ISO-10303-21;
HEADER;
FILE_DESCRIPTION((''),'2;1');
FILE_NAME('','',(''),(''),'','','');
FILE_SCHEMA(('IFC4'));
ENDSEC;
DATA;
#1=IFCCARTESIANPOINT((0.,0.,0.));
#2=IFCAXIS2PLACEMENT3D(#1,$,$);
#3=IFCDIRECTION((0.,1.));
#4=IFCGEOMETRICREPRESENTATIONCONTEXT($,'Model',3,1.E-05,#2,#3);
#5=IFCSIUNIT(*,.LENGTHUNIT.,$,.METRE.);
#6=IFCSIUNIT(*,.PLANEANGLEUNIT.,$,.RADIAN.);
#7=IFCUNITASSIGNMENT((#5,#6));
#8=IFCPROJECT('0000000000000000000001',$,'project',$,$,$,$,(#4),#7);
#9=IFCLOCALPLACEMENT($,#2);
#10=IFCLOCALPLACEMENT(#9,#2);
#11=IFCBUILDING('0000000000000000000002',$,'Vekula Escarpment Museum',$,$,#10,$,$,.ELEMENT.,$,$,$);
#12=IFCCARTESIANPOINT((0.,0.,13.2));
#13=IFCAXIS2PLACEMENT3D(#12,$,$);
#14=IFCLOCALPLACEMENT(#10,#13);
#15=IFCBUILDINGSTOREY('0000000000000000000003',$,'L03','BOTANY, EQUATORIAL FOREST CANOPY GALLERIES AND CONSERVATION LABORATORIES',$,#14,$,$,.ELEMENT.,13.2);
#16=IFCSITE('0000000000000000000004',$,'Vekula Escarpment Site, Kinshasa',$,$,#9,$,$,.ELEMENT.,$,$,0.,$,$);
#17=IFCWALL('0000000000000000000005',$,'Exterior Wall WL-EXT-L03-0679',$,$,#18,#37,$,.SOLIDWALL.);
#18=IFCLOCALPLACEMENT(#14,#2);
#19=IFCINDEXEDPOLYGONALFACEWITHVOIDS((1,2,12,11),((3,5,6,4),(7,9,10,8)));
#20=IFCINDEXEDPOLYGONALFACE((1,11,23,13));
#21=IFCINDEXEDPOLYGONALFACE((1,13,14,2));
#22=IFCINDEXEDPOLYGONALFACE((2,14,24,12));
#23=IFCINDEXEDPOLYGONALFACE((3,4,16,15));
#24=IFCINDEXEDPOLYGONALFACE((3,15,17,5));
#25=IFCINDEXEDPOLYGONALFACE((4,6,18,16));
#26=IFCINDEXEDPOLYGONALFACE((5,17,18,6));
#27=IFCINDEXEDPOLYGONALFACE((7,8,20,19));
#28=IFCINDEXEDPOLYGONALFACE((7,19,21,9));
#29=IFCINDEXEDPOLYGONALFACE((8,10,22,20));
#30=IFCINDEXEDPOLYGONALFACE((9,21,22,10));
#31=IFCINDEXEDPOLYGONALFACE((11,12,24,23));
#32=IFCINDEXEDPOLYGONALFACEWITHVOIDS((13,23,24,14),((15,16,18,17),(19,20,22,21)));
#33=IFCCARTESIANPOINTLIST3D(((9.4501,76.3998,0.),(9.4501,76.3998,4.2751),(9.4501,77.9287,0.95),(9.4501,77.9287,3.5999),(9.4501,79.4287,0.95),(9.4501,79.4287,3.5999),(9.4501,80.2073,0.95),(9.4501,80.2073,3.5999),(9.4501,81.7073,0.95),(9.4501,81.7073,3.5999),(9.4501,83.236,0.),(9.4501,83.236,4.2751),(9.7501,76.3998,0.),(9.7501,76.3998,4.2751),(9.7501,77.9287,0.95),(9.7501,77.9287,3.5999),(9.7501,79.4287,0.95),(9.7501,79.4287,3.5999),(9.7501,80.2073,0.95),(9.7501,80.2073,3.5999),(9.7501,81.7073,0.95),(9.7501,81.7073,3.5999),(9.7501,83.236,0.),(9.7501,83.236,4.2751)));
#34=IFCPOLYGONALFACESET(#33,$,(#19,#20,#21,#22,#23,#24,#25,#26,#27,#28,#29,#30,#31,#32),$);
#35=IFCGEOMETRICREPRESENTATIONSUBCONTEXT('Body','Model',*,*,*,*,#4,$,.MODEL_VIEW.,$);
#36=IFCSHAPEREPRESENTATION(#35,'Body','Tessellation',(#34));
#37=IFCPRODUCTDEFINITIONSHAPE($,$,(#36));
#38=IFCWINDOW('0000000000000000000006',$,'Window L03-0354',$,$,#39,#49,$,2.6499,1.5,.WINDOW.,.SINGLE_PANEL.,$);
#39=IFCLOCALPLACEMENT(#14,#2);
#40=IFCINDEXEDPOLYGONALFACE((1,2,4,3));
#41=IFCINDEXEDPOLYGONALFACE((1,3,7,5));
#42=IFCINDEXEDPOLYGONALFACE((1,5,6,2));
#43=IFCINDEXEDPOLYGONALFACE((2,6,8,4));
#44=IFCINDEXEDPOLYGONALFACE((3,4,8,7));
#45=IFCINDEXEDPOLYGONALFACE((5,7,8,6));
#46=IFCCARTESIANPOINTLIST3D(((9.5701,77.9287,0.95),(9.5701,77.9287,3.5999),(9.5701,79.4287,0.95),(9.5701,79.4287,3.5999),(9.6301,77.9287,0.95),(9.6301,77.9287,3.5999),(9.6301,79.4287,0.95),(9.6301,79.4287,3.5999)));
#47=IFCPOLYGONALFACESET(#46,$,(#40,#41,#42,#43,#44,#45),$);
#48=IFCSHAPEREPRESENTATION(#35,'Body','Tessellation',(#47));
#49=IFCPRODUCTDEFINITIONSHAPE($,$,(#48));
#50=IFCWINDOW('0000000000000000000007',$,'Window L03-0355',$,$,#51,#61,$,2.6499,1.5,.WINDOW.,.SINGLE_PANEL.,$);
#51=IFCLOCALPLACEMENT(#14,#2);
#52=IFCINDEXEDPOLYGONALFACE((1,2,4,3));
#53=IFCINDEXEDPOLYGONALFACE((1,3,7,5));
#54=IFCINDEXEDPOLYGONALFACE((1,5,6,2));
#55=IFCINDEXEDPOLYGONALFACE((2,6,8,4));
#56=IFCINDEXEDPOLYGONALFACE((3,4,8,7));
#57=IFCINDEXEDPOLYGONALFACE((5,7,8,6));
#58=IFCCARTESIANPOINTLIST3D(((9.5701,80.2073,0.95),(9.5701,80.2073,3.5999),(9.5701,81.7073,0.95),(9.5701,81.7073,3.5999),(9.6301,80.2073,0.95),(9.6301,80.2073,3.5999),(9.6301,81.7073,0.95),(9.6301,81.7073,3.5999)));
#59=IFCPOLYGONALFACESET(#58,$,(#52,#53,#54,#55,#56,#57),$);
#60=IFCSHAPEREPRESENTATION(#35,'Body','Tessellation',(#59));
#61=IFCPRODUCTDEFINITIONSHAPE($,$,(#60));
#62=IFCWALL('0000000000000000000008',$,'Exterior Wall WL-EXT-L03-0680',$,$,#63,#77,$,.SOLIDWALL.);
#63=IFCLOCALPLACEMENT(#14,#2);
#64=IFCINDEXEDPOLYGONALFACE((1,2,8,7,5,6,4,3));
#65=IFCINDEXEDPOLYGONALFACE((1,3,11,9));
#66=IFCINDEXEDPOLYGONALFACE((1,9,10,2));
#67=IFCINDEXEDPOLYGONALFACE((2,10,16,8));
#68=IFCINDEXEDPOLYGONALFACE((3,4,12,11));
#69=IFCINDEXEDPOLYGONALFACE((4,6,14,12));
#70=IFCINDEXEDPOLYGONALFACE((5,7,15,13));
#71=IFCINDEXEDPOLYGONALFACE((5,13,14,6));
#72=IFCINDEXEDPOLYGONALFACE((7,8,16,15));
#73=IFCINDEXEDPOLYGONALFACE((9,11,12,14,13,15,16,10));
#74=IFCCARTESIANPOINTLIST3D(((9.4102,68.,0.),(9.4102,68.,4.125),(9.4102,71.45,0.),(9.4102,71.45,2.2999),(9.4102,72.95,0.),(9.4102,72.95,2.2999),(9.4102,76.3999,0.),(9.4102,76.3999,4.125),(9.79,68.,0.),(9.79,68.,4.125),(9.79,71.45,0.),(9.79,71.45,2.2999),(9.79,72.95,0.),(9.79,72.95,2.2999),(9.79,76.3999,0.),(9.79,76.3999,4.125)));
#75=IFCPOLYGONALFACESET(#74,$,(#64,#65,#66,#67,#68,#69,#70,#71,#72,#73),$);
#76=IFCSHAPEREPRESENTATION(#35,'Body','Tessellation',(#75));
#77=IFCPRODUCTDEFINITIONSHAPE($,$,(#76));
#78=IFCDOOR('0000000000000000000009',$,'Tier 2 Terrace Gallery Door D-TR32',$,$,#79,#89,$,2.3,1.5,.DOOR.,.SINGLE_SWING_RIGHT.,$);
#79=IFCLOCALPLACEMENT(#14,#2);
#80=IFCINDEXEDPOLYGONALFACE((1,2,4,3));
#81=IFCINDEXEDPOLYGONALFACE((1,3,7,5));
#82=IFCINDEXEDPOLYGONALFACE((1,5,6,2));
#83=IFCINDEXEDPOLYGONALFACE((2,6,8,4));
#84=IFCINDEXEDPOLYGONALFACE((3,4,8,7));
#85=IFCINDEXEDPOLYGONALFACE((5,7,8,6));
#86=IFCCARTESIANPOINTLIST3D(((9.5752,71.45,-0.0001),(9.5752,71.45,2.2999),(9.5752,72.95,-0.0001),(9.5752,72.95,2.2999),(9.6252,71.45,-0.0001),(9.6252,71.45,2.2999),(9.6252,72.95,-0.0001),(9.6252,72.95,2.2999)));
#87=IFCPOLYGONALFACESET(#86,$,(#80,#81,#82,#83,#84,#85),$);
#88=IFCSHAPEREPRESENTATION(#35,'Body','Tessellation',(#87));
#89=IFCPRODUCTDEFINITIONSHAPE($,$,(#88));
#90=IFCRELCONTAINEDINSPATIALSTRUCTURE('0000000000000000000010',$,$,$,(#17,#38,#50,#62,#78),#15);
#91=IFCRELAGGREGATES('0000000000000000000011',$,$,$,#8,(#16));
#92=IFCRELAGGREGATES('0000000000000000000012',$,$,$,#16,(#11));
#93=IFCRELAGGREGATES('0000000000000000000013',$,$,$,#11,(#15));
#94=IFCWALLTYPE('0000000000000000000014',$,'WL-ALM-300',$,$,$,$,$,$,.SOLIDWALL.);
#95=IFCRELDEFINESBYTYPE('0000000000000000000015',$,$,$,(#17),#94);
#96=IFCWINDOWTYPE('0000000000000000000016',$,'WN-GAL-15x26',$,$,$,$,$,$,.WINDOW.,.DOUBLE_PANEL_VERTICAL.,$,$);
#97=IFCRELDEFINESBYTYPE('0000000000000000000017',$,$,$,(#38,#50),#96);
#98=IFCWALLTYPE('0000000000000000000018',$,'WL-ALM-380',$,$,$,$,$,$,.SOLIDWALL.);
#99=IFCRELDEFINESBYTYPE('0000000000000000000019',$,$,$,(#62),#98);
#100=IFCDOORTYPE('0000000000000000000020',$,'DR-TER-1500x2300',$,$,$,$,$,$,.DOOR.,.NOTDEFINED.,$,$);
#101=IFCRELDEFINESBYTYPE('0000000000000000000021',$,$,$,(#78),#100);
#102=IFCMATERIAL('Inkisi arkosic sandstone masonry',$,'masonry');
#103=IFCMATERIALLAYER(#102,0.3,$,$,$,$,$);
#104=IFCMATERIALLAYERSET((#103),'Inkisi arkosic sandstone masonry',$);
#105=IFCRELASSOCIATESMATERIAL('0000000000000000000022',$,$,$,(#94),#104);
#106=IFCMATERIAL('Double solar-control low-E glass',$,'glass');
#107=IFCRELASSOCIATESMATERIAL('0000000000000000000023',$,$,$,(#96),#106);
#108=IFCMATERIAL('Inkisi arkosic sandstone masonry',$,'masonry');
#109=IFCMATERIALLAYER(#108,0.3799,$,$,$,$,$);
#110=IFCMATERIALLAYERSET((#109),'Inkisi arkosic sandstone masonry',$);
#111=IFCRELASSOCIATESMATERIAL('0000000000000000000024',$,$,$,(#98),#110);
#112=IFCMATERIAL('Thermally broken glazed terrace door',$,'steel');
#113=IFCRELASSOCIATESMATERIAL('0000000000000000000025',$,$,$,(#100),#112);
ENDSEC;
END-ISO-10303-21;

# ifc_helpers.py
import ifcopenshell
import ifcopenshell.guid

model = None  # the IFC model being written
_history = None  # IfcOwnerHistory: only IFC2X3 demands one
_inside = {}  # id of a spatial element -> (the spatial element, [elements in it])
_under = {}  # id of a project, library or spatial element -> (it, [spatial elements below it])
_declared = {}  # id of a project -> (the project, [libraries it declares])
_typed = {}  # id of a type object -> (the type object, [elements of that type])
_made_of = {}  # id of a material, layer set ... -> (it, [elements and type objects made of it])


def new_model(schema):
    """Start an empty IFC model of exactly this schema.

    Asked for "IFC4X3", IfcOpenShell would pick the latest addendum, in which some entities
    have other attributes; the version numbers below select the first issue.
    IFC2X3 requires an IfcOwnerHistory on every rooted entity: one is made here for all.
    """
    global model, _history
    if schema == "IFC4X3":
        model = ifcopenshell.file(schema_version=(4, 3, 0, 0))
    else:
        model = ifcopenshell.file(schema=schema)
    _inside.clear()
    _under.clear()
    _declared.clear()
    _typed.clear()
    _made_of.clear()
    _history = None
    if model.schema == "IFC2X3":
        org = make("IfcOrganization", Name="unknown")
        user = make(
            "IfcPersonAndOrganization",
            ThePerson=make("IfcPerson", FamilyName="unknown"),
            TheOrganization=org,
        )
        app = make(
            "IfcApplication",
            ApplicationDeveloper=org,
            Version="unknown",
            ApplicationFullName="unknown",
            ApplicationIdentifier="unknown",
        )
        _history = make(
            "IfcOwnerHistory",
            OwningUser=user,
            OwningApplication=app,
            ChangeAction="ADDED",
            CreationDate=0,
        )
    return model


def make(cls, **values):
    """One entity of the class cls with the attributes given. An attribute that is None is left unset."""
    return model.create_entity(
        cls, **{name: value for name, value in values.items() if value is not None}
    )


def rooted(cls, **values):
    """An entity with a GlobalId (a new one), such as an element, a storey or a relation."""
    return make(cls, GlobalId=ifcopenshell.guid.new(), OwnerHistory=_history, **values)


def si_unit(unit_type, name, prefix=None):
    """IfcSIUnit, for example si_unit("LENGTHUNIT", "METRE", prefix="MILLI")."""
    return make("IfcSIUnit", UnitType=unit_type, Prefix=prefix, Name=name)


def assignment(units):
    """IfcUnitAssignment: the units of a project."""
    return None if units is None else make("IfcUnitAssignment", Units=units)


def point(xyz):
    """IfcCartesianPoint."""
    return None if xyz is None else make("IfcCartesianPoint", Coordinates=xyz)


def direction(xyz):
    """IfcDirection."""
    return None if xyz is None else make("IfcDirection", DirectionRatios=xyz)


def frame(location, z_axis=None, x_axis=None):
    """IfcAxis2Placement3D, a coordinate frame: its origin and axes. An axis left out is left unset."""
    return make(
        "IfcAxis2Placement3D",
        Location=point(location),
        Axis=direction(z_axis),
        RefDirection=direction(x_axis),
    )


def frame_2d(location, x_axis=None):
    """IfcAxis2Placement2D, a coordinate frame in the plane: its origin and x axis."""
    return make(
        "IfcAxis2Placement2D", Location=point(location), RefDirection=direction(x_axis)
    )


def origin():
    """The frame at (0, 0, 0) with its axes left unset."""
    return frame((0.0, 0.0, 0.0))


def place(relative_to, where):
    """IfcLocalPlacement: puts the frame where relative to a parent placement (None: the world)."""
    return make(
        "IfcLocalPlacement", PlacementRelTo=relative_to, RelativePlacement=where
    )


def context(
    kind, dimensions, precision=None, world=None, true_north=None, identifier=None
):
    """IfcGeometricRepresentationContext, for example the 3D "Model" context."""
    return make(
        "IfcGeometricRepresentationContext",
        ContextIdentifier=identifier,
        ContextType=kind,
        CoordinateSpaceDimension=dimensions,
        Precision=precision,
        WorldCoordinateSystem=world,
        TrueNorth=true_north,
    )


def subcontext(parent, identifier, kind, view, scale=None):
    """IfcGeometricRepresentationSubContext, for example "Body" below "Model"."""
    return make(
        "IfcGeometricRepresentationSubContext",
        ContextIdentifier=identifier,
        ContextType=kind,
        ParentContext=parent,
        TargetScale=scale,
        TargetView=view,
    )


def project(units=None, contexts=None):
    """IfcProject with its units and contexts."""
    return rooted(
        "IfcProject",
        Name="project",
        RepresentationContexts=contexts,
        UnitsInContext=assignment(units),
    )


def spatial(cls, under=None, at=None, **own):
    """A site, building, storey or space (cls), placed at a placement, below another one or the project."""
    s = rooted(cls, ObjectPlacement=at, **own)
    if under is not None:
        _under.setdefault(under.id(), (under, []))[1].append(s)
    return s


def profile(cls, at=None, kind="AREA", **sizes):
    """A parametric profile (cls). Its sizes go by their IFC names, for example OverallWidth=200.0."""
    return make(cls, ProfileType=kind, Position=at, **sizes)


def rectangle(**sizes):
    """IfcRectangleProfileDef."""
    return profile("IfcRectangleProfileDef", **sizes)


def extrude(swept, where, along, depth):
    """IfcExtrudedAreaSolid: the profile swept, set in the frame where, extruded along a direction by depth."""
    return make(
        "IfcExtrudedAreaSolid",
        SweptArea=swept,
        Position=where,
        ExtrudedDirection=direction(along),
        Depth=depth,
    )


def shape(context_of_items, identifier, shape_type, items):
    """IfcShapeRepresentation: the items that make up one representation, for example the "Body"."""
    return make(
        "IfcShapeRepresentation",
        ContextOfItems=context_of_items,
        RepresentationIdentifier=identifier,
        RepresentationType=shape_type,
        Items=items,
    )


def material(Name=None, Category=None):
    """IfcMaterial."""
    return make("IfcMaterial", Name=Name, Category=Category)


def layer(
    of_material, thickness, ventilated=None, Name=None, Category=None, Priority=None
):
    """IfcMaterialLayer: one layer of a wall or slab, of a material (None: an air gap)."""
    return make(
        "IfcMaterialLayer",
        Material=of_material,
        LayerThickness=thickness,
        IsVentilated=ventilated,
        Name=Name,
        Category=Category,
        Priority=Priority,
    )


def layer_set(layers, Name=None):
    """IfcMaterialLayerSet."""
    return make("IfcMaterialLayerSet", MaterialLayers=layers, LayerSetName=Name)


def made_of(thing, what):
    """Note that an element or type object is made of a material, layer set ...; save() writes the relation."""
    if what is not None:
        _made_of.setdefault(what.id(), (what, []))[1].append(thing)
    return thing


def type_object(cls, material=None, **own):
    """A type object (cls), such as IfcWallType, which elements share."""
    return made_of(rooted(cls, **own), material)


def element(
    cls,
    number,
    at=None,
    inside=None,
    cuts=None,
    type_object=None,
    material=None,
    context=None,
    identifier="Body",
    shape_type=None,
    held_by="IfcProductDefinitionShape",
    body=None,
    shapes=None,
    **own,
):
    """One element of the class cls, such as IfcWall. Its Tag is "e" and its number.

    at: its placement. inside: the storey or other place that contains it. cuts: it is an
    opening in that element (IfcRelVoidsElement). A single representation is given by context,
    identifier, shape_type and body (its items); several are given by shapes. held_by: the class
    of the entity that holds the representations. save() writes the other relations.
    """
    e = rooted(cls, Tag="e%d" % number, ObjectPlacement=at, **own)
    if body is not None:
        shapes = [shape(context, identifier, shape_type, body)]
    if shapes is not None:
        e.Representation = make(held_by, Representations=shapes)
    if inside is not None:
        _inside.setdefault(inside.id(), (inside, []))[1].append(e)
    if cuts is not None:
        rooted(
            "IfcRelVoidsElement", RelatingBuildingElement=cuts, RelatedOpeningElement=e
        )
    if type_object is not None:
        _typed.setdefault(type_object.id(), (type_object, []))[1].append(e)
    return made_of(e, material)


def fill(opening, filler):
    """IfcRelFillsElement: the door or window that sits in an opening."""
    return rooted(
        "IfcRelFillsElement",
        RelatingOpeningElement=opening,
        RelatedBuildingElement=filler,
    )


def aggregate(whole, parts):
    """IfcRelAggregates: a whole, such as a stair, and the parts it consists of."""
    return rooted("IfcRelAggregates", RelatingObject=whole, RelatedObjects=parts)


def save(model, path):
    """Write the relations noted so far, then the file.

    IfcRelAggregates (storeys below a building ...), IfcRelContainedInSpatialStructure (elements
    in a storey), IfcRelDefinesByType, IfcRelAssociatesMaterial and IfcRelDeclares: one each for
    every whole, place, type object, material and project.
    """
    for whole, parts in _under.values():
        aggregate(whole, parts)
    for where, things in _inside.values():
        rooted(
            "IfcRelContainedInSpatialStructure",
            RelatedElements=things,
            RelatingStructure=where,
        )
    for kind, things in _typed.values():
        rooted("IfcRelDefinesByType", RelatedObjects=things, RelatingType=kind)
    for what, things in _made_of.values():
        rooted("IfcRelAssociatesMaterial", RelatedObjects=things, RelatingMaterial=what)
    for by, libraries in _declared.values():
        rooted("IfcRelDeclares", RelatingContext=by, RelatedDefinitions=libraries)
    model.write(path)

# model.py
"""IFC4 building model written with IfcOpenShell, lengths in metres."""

from ifc_helpers import new_model, si_unit, direction, frame, frame_2d, origin, place, context, subcontext, project, spatial, rectangle, extrude, material, layer, layer_set, type_object, element, fill, save


model = new_model("IFC4")

# Units and contexts
model_context = context("Model", 3, precision=1e-05, world=origin(), true_north=direction((0.0, 1.0)))
body_context = subcontext(model_context, "Body", "Model", "MODEL_VIEW")
ifc_project = project(units=[si_unit("LENGTHUNIT", "METRE"), si_unit("PLANEANGLEUNIT", "RADIAN")], contexts=[model_context])

# Site, building, storey
site_placement = place(None, origin())
site = spatial("IfcSite", under=ifc_project, at=site_placement, Name="Vekula Escarpment Site, Kinshasa", CompositionType="ELEMENT", RefElevation=0.0)
building_placement = place(site_placement, origin())
building = spatial("IfcBuilding", under=site, at=building_placement, Name="Vekula Escarpment Museum", CompositionType="ELEMENT")
storey_placement = place(building_placement, frame((0.0, 0.0, 13.2)))
storey = spatial("IfcBuildingStorey", under=building, at=storey_placement, Name="L03", Description="BOTANY, EQUATORIAL FOREST CANOPY GALLERIES AND CONSERVATION LABORATORIES", CompositionType="ELEMENT", Elevation=13.2)

# Wall, openings, windows
ifc_material_1 = material(Name="Inkisi arkosic sandstone masonry", Category="masonry")
ifc_layer_1 = layer(ifc_material_1, 0.3)
ifc_layer_set_1 = layer_set([ifc_layer_1], Name="Inkisi arkosic sandstone masonry")
wall_type_1 = type_object("IfcWallType", Name="WL-ALM-300", PredefinedType="SOLIDWALL", material=ifc_layer_set_1)
wall_1_placement = place(storey_placement, frame((9.6001, 76.3999, 0.0), z_axis=(0.0, 0.0, 1.0), x_axis=(0.0, 1.0, 0.0)))
wall_1 = element("IfcWall", 1, at=wall_1_placement, inside=storey, type_object=wall_type_1, Name="Exterior Wall WL-EXT-L03-0679", PredefinedType="SOLIDWALL", context=body_context, shape_type="SweptSolid", body=[
    extrude(rectangle(XDim=6.8362, YDim=0.3, at=frame_2d((3.418, 0.0))), origin(), (0.0, 0.0, 1.0), 4.2751),
])
opening_1_placement = place(wall_1_placement, frame((1.5288, 0.0, 0.95)))
opening_1 = element("IfcOpeningElement", 2, at=opening_1_placement, cuts=wall_1, PredefinedType="OPENING", context=body_context, shape_type="SweptSolid", body=[
    extrude(rectangle(XDim=1.5, YDim=2.6499, at=frame_2d((0.75, 1.325))), frame((0.0, 0.1599, 0.0), z_axis=(0.0, -1.0, 0.0), x_axis=(1.0, 0.0, 0.0)), (0.0, 0.0, 1.0), 0.3201),
])
opening_2_placement = place(wall_1_placement, frame((3.8074, 0.0, 0.95)))
opening_2 = element("IfcOpeningElement", 3, at=opening_2_placement, cuts=wall_1, PredefinedType="OPENING", context=body_context, shape_type="SweptSolid", body=[
    extrude(rectangle(XDim=1.5, YDim=2.6499, at=frame_2d((0.75, 1.325))), frame((0.0, 0.1599, 0.0), z_axis=(0.0, -1.0, 0.0), x_axis=(1.0, 0.0, 0.0)), (0.0, 0.0, 1.0), 0.3201),
])
ifc_material_2 = material(Name="Double solar-control low-E glass", Category="glass")
window_type = type_object("IfcWindowType", Name="WN-GAL-15x26", PartitioningType="DOUBLE_PANEL_VERTICAL", PredefinedType="WINDOW", material=ifc_material_2)
window_1_placement = place(opening_1_placement, origin())
window_1 = element("IfcWindow", 4, at=window_1_placement, inside=storey, type_object=window_type, Name="Window L03-0354", OverallHeight=2.6499, OverallWidth=1.5, PartitioningType="SINGLE_PANEL", PredefinedType="WINDOW", context=body_context, shape_type="SweptSolid", body=[
    extrude(rectangle(XDim=1.5, YDim=2.6499, at=frame_2d((0.75, 1.325))), frame((0.0, 0.03, 0.0), z_axis=(0.0, -1.0, 0.0), x_axis=(1.0, 0.0, 0.0)), (0.0, 0.0, 1.0), 0.0601),
])
fill(opening_1, window_1)
window_2_placement = place(opening_2_placement, origin())
window_2 = element("IfcWindow", 5, at=window_2_placement, inside=storey, type_object=window_type, Name="Window L03-0355", OverallHeight=2.6499, OverallWidth=1.5, PartitioningType="SINGLE_PANEL", PredefinedType="WINDOW", context=body_context, shape_type="SweptSolid", body=[
    extrude(rectangle(XDim=1.5, YDim=2.6499, at=frame_2d((0.75, 1.325))), frame((0.0, 0.03, 0.0), z_axis=(0.0, -1.0, 0.0), x_axis=(1.0, 0.0, 0.0)), (0.0, 0.0, 1.0), 0.0601),
])
fill(opening_2, window_2)

# Wall, opening, door
ifc_material_3 = material(Name="Inkisi arkosic sandstone masonry", Category="masonry")
ifc_layer_2 = layer(ifc_material_3, 0.3799)
ifc_layer_set_2 = layer_set([ifc_layer_2], Name="Inkisi arkosic sandstone masonry")
wall_type_2 = type_object("IfcWallType", Name="WL-ALM-380", PredefinedType="SOLIDWALL", material=ifc_layer_set_2)
wall_2_placement = place(storey_placement, frame((9.6001, 68.0, 0.0), z_axis=(0.0, 0.0, 1.0), x_axis=(0.0, 1.0, 0.0)))
wall_2 = element("IfcWall", 6, at=wall_2_placement, inside=storey, type_object=wall_type_2, Name="Exterior Wall WL-EXT-L03-0680", PredefinedType="SOLIDWALL", context=body_context, shape_type="SweptSolid", body=[
    extrude(rectangle(XDim=8.3999, YDim=0.3799, at=frame_2d((4.2, 0.0))), origin(), (0.0, 0.0, 1.0), 4.125),
])
opening_3_placement = place(wall_2_placement, frame((3.45, 0.0, 0.0)))
opening_3 = element("IfcOpeningElement", 7, at=opening_3_placement, cuts=wall_2, PredefinedType="OPENING", context=body_context, shape_type="SweptSolid", body=[
    extrude(rectangle(XDim=1.5, YDim=2.3, at=frame_2d((0.75, 1.1499))), frame((0.0, 0.2, 0.0), z_axis=(0.0, -1.0, 0.0), x_axis=(1.0, 0.0, 0.0)), (0.0, 0.0, 1.0), 0.3999),
])
ifc_material_4 = material(Name="Thermally broken glazed terrace door", Category="steel")
door_type = type_object("IfcDoorType", Name="DR-TER-1500x2300", OperationType="NOTDEFINED", PredefinedType="DOOR", material=ifc_material_4)
door_placement = place(opening_3_placement, origin())
door = element("IfcDoor", 8, at=door_placement, inside=storey, type_object=door_type, Name="Tier 2 Terrace Gallery Door D-TR32", OperationType="SINGLE_SWING_RIGHT", OverallHeight=2.3, OverallWidth=1.5, PredefinedType="DOOR", context=body_context, shape_type="SweptSolid", body=[
    extrude(rectangle(XDim=1.5, YDim=2.3, at=frame_2d((0.75, 1.1499))), frame((0.0, 0.0249, 0.0), z_axis=(0.0, -1.0, 0.0), x_axis=(1.0, 0.0, 0.0)), (0.0, 0.0, 1.0), 0.05),
])
fill(opening_3, door)

save(model, "model.ifc")
